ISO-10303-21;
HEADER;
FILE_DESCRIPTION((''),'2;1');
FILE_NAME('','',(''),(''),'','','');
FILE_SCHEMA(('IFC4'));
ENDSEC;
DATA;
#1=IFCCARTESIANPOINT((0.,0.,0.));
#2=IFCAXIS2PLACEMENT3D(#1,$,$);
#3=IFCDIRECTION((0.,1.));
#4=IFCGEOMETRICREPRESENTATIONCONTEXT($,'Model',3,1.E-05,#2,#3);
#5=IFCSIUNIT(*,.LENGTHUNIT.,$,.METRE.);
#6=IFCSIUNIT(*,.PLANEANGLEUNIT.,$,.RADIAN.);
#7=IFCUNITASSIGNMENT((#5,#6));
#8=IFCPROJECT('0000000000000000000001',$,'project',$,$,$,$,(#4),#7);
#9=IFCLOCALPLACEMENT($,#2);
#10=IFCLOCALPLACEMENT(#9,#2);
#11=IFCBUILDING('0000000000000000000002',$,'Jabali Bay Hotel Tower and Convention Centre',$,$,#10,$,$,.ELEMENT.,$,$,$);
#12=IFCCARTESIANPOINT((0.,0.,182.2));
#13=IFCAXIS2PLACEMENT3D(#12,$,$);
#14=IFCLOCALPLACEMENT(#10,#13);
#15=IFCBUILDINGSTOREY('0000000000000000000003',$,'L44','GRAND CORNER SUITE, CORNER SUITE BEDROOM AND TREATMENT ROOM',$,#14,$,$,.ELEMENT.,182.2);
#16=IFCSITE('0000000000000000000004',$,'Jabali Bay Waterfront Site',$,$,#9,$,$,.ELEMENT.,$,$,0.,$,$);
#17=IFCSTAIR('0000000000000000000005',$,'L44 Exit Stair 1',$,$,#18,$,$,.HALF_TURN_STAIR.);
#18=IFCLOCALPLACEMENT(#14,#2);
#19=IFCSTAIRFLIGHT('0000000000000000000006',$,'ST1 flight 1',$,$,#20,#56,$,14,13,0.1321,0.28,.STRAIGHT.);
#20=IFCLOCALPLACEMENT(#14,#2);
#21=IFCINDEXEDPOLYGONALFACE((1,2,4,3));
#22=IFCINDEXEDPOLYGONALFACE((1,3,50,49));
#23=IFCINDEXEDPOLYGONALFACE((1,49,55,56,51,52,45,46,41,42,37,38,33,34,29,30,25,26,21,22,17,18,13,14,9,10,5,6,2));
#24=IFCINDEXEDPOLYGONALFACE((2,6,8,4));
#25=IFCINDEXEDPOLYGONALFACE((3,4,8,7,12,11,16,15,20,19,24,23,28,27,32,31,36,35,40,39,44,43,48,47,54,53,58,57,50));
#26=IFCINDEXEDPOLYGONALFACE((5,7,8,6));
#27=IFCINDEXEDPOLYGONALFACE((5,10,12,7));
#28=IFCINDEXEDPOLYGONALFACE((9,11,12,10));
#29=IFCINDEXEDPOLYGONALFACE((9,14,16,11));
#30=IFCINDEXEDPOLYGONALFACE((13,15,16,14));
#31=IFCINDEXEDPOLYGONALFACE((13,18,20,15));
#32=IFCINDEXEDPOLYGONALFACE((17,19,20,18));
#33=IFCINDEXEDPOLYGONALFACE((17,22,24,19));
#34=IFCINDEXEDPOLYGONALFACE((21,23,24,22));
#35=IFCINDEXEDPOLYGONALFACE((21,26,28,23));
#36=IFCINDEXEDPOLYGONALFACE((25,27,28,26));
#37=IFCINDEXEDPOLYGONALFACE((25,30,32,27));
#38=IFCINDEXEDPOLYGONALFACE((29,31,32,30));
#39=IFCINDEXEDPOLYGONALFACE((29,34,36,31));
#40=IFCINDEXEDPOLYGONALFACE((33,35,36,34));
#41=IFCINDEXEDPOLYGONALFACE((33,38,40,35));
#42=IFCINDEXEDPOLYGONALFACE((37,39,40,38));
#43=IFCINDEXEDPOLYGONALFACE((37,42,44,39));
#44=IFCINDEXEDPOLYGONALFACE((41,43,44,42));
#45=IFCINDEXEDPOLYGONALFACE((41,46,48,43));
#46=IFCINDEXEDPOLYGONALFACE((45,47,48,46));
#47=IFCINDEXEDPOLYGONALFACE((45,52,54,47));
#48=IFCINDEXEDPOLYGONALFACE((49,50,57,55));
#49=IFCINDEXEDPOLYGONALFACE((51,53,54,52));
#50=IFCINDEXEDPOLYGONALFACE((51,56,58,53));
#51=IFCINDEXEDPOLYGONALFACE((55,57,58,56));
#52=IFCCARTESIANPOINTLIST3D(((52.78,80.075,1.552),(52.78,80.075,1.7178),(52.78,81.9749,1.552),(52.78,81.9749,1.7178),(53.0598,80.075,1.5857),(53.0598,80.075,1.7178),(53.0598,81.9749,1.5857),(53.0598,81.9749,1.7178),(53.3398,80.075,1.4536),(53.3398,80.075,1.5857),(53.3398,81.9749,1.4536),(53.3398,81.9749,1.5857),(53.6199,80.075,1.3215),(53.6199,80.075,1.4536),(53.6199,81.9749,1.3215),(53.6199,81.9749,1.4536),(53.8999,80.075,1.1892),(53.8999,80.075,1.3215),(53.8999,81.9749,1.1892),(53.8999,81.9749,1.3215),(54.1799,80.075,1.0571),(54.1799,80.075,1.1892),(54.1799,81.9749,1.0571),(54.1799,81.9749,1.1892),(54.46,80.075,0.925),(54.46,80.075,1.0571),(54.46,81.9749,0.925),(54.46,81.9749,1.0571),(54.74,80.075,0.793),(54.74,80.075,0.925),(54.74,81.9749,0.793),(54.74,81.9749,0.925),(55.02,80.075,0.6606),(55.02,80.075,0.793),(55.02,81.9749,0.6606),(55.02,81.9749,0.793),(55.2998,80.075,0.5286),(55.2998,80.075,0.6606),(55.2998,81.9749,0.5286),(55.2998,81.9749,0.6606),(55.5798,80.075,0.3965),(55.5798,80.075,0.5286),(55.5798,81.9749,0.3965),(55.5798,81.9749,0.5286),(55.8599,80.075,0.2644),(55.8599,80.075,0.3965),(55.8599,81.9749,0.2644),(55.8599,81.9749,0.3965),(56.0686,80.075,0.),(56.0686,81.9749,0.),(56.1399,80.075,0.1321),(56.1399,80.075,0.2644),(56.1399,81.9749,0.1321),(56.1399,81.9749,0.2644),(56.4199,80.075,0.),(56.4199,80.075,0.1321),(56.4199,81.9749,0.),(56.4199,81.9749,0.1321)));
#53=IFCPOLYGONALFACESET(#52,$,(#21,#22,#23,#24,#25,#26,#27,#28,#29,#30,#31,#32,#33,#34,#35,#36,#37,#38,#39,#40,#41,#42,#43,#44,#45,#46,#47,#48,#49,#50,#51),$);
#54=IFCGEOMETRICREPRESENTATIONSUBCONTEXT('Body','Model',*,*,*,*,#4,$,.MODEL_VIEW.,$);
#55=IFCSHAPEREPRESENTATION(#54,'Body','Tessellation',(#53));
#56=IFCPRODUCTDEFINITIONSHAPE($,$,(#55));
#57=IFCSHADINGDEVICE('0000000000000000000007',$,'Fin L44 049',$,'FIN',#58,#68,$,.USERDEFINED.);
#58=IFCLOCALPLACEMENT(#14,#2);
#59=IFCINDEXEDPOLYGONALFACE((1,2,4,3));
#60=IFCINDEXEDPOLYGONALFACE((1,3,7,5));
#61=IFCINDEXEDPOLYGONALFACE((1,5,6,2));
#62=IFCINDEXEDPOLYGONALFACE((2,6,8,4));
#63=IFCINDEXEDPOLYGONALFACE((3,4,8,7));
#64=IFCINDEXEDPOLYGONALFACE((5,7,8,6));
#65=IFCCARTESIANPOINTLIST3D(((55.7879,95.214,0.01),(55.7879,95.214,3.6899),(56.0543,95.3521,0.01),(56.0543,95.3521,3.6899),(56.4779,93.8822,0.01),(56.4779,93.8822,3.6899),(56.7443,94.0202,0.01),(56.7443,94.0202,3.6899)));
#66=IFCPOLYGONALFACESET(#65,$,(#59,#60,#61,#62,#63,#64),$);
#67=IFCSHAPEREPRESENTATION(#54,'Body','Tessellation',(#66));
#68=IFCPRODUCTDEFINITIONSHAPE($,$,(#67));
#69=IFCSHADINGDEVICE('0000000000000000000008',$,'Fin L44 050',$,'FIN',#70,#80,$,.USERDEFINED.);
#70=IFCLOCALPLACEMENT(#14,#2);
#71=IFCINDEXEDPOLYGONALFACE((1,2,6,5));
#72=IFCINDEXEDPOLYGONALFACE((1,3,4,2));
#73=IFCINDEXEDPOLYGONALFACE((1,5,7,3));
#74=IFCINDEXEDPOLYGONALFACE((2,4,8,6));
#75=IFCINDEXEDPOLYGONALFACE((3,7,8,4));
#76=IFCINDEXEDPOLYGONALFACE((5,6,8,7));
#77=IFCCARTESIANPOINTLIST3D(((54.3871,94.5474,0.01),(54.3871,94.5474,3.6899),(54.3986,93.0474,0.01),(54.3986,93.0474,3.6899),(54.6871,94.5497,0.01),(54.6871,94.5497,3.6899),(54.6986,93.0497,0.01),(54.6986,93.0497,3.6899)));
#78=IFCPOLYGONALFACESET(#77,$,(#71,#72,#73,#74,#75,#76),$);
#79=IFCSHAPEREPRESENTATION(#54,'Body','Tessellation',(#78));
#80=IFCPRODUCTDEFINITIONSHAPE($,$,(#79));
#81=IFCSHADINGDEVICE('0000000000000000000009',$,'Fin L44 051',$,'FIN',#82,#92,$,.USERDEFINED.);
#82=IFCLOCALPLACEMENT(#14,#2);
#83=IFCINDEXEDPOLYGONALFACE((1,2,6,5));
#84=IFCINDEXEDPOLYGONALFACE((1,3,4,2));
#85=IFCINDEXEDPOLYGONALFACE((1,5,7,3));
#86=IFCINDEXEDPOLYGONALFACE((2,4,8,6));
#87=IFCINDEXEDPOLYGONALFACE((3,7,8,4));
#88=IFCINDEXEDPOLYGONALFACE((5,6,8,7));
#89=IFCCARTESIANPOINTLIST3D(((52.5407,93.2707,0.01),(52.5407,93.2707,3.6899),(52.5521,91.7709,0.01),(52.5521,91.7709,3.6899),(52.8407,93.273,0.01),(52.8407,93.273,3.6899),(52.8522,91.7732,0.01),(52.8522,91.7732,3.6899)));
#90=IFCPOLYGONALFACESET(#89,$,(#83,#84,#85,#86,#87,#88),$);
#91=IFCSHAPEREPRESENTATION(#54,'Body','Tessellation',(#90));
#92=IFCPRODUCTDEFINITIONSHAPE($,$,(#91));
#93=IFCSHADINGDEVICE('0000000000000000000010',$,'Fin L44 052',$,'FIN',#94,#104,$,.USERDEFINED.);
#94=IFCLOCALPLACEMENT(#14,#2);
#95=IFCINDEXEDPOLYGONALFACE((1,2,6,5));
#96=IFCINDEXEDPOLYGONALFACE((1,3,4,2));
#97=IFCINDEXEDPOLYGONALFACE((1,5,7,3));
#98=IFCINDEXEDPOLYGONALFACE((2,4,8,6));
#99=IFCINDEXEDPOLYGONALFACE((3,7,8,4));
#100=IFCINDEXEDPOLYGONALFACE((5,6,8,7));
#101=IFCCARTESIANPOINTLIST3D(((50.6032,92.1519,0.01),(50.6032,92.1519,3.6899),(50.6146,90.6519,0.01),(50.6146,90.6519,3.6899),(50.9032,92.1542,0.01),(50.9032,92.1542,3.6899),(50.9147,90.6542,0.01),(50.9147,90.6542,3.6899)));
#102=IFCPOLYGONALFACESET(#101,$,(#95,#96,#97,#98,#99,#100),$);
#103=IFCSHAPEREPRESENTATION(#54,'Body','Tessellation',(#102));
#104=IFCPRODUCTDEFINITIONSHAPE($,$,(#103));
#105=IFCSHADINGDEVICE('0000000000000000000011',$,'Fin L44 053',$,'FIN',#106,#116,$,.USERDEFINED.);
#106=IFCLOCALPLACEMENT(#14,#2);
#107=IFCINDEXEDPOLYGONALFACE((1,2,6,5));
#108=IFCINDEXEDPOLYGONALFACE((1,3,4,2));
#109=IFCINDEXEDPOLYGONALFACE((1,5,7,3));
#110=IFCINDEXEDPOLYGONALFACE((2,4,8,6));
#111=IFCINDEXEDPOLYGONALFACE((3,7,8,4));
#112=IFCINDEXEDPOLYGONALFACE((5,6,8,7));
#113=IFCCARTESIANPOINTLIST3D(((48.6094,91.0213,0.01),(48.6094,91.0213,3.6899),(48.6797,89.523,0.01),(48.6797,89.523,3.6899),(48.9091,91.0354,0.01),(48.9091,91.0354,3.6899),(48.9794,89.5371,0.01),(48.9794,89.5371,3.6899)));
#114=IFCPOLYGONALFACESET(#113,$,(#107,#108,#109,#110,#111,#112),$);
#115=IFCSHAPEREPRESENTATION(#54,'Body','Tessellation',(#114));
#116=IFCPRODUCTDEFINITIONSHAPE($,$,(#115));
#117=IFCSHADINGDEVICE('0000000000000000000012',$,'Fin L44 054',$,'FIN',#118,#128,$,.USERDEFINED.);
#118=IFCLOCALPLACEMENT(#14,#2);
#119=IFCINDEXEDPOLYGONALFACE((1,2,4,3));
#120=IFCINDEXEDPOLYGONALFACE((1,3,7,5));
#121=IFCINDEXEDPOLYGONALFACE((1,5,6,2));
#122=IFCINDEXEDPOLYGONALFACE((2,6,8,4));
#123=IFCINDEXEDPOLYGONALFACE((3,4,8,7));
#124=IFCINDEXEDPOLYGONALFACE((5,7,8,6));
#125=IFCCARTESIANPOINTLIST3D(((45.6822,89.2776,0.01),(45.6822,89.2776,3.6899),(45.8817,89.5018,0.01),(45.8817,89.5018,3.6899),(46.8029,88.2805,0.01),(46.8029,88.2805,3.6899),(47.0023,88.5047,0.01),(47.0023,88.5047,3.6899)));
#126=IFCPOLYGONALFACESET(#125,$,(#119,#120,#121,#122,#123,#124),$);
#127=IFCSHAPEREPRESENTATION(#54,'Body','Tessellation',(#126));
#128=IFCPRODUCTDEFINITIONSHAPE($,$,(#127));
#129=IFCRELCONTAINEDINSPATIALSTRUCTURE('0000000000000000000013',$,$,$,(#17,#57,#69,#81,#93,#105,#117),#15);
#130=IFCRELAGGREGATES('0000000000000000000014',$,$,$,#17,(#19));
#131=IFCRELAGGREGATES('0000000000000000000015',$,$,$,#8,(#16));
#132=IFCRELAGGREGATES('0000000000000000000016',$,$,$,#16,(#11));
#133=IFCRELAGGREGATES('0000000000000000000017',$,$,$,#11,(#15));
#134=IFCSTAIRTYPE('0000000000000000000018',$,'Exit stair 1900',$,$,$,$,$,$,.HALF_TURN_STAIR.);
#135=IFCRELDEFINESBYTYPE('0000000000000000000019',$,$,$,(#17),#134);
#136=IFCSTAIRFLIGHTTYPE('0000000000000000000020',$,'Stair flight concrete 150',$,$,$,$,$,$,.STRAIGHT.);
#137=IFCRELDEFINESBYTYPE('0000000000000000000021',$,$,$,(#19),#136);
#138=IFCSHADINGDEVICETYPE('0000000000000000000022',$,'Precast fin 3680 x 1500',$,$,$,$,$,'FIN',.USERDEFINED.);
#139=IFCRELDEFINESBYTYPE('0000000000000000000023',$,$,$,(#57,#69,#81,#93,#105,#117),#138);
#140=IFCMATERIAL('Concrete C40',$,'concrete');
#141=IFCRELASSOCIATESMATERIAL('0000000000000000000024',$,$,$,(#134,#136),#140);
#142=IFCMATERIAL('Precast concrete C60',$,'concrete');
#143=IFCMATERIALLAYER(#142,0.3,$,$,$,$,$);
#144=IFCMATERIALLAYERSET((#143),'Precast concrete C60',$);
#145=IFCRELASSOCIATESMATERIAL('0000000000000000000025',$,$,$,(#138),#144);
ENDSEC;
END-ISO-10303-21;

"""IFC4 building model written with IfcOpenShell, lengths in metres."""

from ifc_helpers import new_model, si_unit, direction, frame, frame_2d, origin, place, context, subcontext, project, spatial, polyline, rectangle, outline, extrude, material, layer, layer_set, type_object, element, aggregate, save


model = new_model("IFC4")

# Units and contexts
model_context = context("Model", 3, precision=1e-05, world=origin(), true_north=direction((0.0, 1.0)))
body_context = subcontext(model_context, "Body", "Model", "MODEL_VIEW")
ifc_project = project(units=[si_unit("LENGTHUNIT", "METRE"), si_unit("PLANEANGLEUNIT", "RADIAN")], contexts=[model_context])

# Site, building, storey
site_placement = place(None, origin())
site = spatial("IfcSite", under=ifc_project, at=site_placement, Name="Jabali Bay Waterfront Site", CompositionType="ELEMENT", RefElevation=0.0)
building_placement = place(site_placement, origin())
building = spatial("IfcBuilding", under=site, at=building_placement, Name="Jabali Bay Hotel Tower and Convention Centre", CompositionType="ELEMENT")
storey_placement = place(building_placement, frame((0.0, 0.0, 182.2)))
storey = spatial("IfcBuildingStorey", under=building, at=storey_placement, Name="L44", Description="GRAND CORNER SUITE, CORNER SUITE BEDROOM AND TREATMENT ROOM", CompositionType="ELEMENT", Elevation=182.2)

# Shared definitions
ifc_material_1 = material(Name="Concrete C40", Category="concrete")

# Stair, stair flight
stair_type = type_object("IfcStairType", Name="Exit stair 1900", PredefinedType="HALF_TURN_STAIR", material=ifc_material_1)
stair_placement = place(storey_placement, origin())
stair = element("IfcStair", 1, at=stair_placement, inside=storey, type_object=stair_type, Name="L44 Exit Stair 1", PredefinedType="HALF_TURN_STAIR")
stair_flight_type = type_object("IfcStairFlightType", Name="Stair flight concrete 150", PredefinedType="STRAIGHT", material=ifc_material_1)
stair_flight_placement = place(storey_placement, frame((56.4199, 81.0249, 0.0), z_axis=(0.0, 0.0, 1.0), x_axis=(-1.0, 0.0, 0.0)))
stair_flight = element("IfcStairFlight", 2, at=stair_flight_placement, type_object=stair_flight_type, Name="ST1 flight 1", NumberOfRisers=14, NumberOfTreads=13, PredefinedType="STRAIGHT", RiserHeight=0.1321, TreadLength=0.28, context=body_context, shape_type="SweptSolid", body=[
    extrude(outline(polyline([(0.0, 0.0), (0.0, 0.1321), (0.28, 0.1321), (0.28, 0.2644), (0.5601, 0.2644), (0.5601, 0.3965), (0.8401, 0.3965), (0.8401, 0.5286), (1.1201, 0.5286), (1.1201, 0.6606), (1.3999, 0.6606), (1.3999, 0.793), (1.6799, 0.793), (1.6799, 0.925), (1.96, 0.925), (1.96, 1.0571), (2.24, 1.0571), (2.24, 1.1892), (2.52, 1.1892), (2.52, 1.3215), (2.8, 1.3215), (2.8, 1.4536), (3.0801, 1.4536), (3.0801, 1.5857), (3.3601, 1.5857), (3.3601, 1.7178), (3.6399, 1.7178), (3.6399, 1.8501), (3.6399, 1.552), (0.3513, 0.0), (0.0, 0.0)])), frame((0.0, 0.95, 0.0), z_axis=(0.0, -1.0, 0.0), x_axis=(1.0, 0.0, 0.0)), (0.0, 0.0, 1.0), 1.8999),
])
aggregate(stair, [stair_flight])

# Shading devices
ifc_material_2 = material(Name="Precast concrete C60", Category="concrete")
ifc_layer_1 = layer(ifc_material_2, 0.3)
ifc_layer_set_1 = layer_set([ifc_layer_1], Name="Precast concrete C60")
shading_device_type = type_object("IfcShadingDeviceType", Name="Precast fin 3680 x 1500", ElementType="FIN", PredefinedType="USERDEFINED", material=ifc_layer_set_1)
for number, where, z_axis, x_axis, name in (
    (3, (56.6111, 93.9512, 0.01), (0.0, 0.0, 1.0), (-0.459994, 0.887922, 0.0), "Fin L44 049"),
    (4, (54.5486, 93.0486, 0.01), (0.0, 0.0, 1.0), (-0.00765, 0.999971, 0.0), "Fin L44 050"),
):
    element("IfcShadingDevice", number, at=place(storey_placement, frame(where, z_axis=z_axis, x_axis=x_axis)), inside=storey, type_object=shading_device_type, Name=name, ObjectType="FIN", PredefinedType="USERDEFINED", context=body_context, shape_type="SweptSolid", body=[
        extrude(rectangle(XDim=1.5, YDim=0.3, at=frame_2d((0.75, 0.0))), origin(), (0.0, 0.0, 1.0), 3.6799),
    ])
shading_device_placement = place(storey_placement, frame((52.7021, 91.772, 0.01), z_axis=(0.0, 0.0, 1.0), x_axis=(-0.007651, 0.999971, 0.0)))
element("IfcShadingDevice", 5, at=shading_device_placement, inside=storey, type_object=shading_device_type, Name="Fin L44 051", ObjectType="FIN", PredefinedType="USERDEFINED", context=body_context, shape_type="SweptSolid", body=[
    extrude(rectangle(XDim=1.4998, YDim=0.3, at=frame_2d((0.75, 0.0))), origin(), (0.0, 0.0, 1.0), 3.6799),
])
for number, where, z_axis, x_axis, name in (
    (6, (50.7646, 90.6531, 0.01), (0.0, 0.0, 1.0), (-0.00765, 0.999971, 0.0), "Fin L44 052"),
    (7, (48.8296, 89.53, 0.01), (0.0, 0.0, 1.0), (-0.046877, 0.998901, 0.0), "Fin L44 053"),
    (8, (46.9026, 88.3926, 0.01), (0.0, 0.0, 1.0), (-0.747086, 0.664727, 0.0), "Fin L44 054"),
):
    element("IfcShadingDevice", number, at=place(storey_placement, frame(where, z_axis=z_axis, x_axis=x_axis)), inside=storey, type_object=shading_device_type, Name=name, ObjectType="FIN", PredefinedType="USERDEFINED", context=body_context, shape_type="SweptSolid", body=[
        extrude(rectangle(XDim=1.5, YDim=0.3, at=frame_2d((0.75, 0.0))), origin(), (0.0, 0.0, 1.0), 3.6799),
    ])

save(model, "model.ifc")
